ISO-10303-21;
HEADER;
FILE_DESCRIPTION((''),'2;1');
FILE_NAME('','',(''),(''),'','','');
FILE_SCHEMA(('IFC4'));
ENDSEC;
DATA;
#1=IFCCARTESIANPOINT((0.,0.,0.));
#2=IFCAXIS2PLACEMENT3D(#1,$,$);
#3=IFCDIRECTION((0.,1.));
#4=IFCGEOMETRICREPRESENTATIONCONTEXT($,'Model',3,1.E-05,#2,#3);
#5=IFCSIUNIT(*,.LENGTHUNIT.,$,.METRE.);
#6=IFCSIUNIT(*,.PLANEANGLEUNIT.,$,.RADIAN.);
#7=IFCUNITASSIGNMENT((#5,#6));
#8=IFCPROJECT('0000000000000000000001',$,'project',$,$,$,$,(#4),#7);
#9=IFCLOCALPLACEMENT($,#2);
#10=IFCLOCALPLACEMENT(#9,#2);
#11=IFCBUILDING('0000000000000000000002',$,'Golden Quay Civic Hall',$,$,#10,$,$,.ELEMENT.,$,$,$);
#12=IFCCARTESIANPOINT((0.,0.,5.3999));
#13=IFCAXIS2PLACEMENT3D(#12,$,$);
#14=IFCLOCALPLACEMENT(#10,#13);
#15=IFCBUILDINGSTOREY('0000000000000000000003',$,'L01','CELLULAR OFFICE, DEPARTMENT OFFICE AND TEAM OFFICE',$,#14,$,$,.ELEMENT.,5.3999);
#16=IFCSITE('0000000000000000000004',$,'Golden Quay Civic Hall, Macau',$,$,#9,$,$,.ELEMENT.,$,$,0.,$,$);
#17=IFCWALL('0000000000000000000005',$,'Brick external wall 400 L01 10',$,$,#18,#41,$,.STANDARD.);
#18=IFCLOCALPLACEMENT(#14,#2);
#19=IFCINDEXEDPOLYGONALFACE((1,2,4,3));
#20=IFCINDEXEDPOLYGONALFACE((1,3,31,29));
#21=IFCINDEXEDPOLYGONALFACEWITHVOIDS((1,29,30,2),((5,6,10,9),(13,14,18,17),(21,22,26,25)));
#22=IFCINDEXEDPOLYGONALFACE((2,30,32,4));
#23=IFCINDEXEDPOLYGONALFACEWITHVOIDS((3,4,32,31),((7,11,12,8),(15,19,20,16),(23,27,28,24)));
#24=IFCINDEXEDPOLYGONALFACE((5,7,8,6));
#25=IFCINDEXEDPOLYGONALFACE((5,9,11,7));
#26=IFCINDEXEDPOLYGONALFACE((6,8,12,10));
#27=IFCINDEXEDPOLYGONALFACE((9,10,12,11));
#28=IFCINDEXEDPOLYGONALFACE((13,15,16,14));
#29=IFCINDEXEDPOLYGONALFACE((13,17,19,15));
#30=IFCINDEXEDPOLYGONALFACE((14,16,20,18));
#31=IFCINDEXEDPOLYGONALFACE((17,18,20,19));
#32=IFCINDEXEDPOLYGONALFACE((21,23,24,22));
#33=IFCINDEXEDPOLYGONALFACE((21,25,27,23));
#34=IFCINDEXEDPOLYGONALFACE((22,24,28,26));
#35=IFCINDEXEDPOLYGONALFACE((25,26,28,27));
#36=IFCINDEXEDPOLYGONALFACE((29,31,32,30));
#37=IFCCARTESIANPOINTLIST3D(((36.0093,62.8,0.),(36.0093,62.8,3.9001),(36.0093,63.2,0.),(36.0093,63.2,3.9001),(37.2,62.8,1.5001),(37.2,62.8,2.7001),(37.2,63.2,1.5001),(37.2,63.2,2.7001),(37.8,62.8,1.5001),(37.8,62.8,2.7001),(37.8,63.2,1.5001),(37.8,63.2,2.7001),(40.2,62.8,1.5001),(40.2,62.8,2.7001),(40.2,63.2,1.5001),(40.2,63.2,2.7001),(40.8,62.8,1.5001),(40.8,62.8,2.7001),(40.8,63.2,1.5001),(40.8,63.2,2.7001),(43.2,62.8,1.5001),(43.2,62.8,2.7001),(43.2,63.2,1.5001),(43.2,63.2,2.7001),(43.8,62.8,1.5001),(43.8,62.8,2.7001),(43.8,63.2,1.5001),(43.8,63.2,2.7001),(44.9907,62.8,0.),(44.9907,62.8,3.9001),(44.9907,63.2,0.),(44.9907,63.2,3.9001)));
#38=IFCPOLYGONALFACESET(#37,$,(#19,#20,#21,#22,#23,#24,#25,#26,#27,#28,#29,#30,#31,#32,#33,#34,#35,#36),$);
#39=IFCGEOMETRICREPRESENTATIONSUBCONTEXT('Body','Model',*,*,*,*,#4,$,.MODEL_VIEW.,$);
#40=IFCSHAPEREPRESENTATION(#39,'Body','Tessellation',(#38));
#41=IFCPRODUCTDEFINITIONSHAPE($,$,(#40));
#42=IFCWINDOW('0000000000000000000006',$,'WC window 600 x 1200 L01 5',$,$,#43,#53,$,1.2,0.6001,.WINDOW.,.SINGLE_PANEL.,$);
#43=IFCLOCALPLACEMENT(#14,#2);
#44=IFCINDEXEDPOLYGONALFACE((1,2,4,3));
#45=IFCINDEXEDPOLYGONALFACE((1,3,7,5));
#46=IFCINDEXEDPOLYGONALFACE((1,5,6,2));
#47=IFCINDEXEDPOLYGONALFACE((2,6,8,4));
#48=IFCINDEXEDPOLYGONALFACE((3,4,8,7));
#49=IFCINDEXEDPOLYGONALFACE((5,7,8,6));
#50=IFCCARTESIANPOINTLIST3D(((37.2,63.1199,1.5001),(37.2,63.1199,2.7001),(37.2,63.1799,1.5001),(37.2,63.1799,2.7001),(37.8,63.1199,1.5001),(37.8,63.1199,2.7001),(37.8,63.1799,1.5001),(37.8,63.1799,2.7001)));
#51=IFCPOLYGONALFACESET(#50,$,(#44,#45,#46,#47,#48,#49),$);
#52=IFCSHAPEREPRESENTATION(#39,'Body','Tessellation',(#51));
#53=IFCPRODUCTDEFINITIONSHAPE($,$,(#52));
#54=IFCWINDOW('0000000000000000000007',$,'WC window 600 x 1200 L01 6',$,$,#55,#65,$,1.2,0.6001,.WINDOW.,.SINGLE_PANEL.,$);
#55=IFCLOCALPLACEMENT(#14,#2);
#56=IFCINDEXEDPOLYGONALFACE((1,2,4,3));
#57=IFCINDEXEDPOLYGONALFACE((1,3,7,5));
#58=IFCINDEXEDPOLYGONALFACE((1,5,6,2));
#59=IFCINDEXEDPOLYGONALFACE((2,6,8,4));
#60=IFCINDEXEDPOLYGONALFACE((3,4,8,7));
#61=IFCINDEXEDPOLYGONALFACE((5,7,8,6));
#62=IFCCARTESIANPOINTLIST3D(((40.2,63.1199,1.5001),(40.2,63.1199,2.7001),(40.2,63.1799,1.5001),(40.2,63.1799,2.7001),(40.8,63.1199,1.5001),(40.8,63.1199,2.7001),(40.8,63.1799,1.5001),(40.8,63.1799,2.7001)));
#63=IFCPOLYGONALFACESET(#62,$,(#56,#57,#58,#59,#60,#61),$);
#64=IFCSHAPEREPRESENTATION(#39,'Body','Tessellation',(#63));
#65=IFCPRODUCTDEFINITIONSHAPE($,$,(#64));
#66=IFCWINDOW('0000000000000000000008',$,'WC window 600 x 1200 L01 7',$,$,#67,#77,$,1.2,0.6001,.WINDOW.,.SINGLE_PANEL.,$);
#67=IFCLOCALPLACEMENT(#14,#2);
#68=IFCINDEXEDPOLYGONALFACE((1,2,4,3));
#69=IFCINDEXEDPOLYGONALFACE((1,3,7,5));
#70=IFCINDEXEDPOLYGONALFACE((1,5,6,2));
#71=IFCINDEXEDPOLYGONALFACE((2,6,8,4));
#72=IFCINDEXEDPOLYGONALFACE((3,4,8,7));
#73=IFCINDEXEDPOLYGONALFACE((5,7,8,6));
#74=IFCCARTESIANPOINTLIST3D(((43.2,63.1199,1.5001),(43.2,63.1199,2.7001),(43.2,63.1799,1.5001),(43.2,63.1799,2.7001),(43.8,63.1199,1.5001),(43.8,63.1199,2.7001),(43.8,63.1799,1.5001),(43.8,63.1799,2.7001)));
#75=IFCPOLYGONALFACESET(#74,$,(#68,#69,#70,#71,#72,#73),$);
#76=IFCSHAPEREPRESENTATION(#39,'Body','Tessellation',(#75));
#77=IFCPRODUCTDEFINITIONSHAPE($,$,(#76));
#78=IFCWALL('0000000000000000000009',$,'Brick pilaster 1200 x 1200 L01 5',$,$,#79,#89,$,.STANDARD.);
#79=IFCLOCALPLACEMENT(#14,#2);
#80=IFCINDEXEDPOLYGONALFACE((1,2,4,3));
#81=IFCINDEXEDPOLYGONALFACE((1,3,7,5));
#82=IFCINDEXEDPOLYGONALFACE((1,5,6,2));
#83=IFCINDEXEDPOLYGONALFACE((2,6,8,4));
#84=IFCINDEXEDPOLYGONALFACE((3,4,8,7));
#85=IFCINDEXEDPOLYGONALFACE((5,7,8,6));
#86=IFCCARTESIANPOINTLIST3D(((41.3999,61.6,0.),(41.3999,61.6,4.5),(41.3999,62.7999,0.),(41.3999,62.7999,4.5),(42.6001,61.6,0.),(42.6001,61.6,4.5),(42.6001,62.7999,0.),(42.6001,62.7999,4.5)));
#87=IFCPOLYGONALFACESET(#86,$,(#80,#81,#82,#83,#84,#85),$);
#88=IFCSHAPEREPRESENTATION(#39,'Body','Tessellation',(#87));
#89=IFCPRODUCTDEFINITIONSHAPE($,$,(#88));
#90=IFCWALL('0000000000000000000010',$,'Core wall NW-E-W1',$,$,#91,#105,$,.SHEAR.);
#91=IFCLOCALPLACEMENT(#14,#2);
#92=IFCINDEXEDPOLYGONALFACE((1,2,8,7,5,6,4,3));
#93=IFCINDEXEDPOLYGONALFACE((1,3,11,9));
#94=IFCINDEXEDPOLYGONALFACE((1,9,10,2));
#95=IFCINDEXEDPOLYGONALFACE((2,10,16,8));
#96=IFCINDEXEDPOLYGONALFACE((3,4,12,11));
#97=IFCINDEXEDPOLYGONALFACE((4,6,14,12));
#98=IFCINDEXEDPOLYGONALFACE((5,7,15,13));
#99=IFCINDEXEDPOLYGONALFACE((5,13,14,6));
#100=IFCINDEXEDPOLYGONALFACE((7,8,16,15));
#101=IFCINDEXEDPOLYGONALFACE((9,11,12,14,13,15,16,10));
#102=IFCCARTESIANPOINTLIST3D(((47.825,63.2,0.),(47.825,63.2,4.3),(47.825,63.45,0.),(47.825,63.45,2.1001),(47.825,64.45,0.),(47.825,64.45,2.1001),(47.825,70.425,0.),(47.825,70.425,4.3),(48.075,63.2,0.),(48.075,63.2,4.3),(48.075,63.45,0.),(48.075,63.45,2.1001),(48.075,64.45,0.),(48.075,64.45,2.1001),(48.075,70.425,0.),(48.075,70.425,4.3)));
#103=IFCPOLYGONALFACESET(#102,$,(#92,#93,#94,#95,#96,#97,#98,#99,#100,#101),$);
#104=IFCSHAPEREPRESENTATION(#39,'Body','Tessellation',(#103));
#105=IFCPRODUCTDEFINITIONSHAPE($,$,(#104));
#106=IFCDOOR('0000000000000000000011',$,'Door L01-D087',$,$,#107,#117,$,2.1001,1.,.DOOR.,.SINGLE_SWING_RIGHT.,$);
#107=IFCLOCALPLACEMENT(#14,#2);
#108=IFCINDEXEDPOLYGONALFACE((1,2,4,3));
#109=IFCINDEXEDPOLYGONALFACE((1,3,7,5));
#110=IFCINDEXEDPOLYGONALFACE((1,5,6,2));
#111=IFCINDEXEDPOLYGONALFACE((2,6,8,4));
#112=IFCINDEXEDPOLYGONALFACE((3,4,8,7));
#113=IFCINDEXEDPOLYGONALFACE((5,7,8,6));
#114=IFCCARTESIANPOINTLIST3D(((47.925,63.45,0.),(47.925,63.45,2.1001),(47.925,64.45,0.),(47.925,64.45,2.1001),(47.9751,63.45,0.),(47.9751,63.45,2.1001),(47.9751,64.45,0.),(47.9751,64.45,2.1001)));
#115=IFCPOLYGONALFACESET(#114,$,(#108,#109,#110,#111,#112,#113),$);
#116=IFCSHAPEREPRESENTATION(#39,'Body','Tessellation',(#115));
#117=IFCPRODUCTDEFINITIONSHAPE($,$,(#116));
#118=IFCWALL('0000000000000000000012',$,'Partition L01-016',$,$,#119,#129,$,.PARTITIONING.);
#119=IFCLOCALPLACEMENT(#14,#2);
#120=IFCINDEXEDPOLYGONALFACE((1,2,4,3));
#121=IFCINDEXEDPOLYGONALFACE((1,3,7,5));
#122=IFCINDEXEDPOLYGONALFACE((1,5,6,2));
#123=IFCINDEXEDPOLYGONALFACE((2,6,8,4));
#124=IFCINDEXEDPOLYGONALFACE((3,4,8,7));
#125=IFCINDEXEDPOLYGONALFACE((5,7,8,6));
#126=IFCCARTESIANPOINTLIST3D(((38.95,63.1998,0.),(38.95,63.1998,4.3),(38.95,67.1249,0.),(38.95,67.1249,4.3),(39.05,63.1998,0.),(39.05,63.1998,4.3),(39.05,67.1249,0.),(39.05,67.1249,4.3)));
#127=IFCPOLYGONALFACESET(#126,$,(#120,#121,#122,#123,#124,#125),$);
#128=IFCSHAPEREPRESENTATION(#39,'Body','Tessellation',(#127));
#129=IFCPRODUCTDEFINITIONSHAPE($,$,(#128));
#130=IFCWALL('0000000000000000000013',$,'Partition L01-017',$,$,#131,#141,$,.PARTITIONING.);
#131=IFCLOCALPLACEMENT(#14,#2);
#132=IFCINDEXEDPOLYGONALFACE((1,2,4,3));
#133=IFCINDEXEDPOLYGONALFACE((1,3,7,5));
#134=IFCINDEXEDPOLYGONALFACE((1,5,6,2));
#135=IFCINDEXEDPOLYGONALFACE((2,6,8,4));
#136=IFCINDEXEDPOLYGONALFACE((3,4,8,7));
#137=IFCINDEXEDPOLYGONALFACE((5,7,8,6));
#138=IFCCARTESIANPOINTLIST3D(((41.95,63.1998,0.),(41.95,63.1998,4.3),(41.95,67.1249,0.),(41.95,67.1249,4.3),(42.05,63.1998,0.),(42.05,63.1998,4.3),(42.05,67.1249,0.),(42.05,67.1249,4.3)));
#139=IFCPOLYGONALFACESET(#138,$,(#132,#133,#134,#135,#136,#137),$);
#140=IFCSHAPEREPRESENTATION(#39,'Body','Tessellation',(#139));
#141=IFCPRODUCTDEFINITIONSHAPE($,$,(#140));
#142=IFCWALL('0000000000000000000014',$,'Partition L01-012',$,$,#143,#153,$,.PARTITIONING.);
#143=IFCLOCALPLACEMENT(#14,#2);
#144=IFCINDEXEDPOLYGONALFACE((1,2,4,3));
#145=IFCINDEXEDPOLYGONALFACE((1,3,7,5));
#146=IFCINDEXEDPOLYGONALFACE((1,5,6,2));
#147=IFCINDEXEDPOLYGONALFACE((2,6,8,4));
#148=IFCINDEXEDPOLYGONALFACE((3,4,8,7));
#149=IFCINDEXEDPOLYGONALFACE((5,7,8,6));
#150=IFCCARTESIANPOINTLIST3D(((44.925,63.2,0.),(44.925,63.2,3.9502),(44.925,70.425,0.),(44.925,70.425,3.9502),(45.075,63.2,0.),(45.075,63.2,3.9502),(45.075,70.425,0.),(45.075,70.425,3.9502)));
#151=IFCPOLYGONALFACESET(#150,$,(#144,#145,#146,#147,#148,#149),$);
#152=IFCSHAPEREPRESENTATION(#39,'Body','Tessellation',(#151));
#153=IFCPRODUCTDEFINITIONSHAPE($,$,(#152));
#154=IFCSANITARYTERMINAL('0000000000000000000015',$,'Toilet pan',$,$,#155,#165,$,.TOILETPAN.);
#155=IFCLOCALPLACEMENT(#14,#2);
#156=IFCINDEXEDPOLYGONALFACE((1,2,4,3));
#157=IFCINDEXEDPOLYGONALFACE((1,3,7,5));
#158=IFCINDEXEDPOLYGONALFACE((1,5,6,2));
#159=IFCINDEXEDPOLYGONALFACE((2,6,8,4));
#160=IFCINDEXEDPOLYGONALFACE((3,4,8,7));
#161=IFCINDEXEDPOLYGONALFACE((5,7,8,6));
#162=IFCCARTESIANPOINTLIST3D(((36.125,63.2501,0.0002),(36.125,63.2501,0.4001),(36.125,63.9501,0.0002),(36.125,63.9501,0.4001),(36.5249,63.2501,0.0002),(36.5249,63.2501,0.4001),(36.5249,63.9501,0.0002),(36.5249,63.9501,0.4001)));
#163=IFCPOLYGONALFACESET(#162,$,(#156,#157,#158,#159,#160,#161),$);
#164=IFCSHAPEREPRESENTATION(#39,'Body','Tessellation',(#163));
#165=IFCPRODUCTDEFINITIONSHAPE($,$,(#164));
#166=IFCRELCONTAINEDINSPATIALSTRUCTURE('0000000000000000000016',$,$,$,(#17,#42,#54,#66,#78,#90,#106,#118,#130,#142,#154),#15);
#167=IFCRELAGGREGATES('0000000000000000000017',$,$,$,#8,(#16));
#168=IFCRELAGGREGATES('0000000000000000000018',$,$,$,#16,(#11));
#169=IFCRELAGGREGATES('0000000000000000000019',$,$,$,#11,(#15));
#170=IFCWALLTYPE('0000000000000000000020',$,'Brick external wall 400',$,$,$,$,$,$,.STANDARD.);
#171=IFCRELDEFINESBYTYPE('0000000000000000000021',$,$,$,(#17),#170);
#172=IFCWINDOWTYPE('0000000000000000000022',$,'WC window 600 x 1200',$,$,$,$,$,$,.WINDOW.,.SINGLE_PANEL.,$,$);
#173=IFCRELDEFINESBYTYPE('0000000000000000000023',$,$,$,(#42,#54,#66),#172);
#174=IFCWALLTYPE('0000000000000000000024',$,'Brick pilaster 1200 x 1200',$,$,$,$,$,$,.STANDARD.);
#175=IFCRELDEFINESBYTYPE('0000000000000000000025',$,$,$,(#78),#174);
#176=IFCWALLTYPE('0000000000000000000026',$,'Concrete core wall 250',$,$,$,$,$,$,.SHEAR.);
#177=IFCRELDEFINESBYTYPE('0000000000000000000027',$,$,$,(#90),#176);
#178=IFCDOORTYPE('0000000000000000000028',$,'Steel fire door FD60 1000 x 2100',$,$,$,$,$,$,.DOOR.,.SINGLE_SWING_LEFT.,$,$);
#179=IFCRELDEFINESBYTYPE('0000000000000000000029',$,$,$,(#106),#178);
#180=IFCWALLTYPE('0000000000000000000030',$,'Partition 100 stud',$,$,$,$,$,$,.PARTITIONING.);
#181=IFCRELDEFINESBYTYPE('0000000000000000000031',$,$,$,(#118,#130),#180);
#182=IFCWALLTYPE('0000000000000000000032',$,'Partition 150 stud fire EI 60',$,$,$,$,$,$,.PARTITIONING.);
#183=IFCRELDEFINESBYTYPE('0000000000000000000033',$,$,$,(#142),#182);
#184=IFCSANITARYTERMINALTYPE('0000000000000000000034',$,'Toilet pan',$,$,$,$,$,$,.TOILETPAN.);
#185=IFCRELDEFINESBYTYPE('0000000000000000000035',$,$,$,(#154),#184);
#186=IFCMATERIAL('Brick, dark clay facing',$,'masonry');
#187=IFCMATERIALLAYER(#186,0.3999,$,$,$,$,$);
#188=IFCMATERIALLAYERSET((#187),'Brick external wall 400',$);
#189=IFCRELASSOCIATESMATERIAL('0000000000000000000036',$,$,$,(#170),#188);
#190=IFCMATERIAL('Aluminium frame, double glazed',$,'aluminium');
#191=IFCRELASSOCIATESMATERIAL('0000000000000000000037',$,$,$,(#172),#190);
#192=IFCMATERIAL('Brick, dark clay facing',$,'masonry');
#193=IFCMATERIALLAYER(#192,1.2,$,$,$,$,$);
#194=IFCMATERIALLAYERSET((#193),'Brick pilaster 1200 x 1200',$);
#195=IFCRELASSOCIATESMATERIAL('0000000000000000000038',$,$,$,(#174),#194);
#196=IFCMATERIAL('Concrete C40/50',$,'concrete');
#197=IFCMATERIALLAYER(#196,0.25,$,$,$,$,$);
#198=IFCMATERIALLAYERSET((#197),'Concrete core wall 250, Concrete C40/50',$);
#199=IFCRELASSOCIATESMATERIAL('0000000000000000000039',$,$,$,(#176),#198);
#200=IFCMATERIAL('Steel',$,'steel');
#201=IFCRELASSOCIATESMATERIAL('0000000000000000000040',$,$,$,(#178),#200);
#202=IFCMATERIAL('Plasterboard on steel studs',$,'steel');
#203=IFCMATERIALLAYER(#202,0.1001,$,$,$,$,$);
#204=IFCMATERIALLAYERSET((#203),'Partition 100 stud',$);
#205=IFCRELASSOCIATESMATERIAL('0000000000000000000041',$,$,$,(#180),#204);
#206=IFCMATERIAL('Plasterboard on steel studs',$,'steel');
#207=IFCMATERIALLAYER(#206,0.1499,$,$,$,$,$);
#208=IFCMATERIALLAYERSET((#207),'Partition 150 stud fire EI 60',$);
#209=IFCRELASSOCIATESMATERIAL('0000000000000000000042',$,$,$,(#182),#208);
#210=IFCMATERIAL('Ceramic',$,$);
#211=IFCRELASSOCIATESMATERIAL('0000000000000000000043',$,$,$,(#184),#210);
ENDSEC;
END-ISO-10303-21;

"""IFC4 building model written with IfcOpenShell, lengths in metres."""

from ifc_helpers import new_model, si_unit, direction, frame, frame_2d, origin, origin_2d, place, context, subcontext, project, spatial, rectangle, extrude, material, layer, layer_set, type_object, element, fill, save


model = new_model("IFC4")

# Units and contexts
model_context = context("Model", 3, precision=1e-05, world=origin(), true_north=direction((0.0, 1.0)))
body_context = subcontext(model_context, "Body", "Model", "MODEL_VIEW")
ifc_project = project(units=[si_unit("LENGTHUNIT", "METRE"), si_unit("PLANEANGLEUNIT", "RADIAN")], contexts=[model_context])

# Site, building, storey
site_placement = place(None, origin())
site = spatial("IfcSite", under=ifc_project, at=site_placement, Name="Golden Quay Civic Hall, Macau", CompositionType="ELEMENT", RefElevation=0.0)
building_placement = place(site_placement, origin())
building = spatial("IfcBuilding", under=site, at=building_placement, Name="Golden Quay Civic Hall", CompositionType="ELEMENT")
storey_placement = place(building_placement, frame((0.0, 0.0, 5.3999)))
storey = spatial("IfcBuildingStorey", under=building, at=storey_placement, Name="L01", Description="CELLULAR OFFICE, DEPARTMENT OFFICE AND TEAM OFFICE", CompositionType="ELEMENT", Elevation=5.3999)

# Wall, openings, windows
ifc_material_1 = material(Name="Brick, dark clay facing", Category="masonry")
ifc_layer_1 = layer(ifc_material_1, 0.3999)
ifc_layer_set_1 = layer_set([ifc_layer_1], Name="Brick external wall 400")
wall_type_1 = type_object("IfcWallType", Name="Brick external wall 400", PredefinedType="STANDARD", material=ifc_layer_set_1)
wall_1_placement = place(storey_placement, frame((44.9907, 63.0, 0.0), z_axis=(0.0, 0.0, 1.0), x_axis=(-1.0, 0.0, 0.0)))
wall_1 = element("IfcWall", 1, at=wall_1_placement, inside=storey, type_object=wall_type_1, Name="Brick external wall 400 L01 10", PredefinedType="STANDARD", context=body_context, shape_type="SweptSolid", body=[
    extrude(rectangle(XDim=8.9814, YDim=0.3999, at=frame_2d((4.4907, 0.0))), origin(), (0.0, 0.0, 1.0), 3.9001),
])
opening_1_placement = place(wall_1_placement, frame((7.1907, 0.0, 1.5)))
opening_1 = element("IfcOpeningElement", 2, at=opening_1_placement, cuts=wall_1, PredefinedType="OPENING", context=body_context, shape_type="SweptSolid", body=[
    extrude(rectangle(XDim=0.6001, YDim=1.2, at=frame_2d((0.3, 0.6001))), frame((0.0, 0.21, 0.0), z_axis=(0.0, -1.0, 0.0), x_axis=(1.0, 0.0, 0.0)), (0.0, 0.0, 1.0), 0.4199),
])
opening_2_placement = place(wall_1_placement, frame((4.1907, 0.0, 1.5)))
opening_2 = element("IfcOpeningElement", 3, at=opening_2_placement, cuts=wall_1, PredefinedType="OPENING", context=body_context, shape_type="SweptSolid", body=[
    extrude(rectangle(XDim=0.6001, YDim=1.2, at=frame_2d((0.3, 0.6001))), frame((0.0, 0.21, 0.0), z_axis=(0.0, -1.0, 0.0), x_axis=(1.0, 0.0, 0.0)), (0.0, 0.0, 1.0), 0.4199),
])
opening_3_placement = place(wall_1_placement, frame((1.1907, 0.0, 1.5)))
opening_3 = element("IfcOpeningElement", 4, at=opening_3_placement, cuts=wall_1, PredefinedType="OPENING", context=body_context, shape_type="SweptSolid", body=[
    extrude(rectangle(XDim=0.6001, YDim=1.2, at=frame_2d((0.3, 0.6001))), frame((0.0, 0.21, 0.0), z_axis=(0.0, -1.0, 0.0), x_axis=(1.0, 0.0, 0.0)), (0.0, 0.0, 1.0), 0.4199),
])
ifc_material_2 = material(Name="Aluminium frame, double glazed", Category="aluminium")
window_type = type_object("IfcWindowType", Name="WC window 600 x 1200", PartitioningType="SINGLE_PANEL", PredefinedType="WINDOW", material=ifc_material_2)
window_1_placement = place(opening_1_placement, origin())
window_1 = element("IfcWindow", 5, at=window_1_placement, inside=storey, type_object=window_type, Name="WC window 600 x 1200 L01 5", OverallHeight=1.2, OverallWidth=0.6001, PartitioningType="SINGLE_PANEL", PredefinedType="WINDOW", context=body_context, shape_type="SweptSolid", body=[
    extrude(rectangle(XDim=0.6001, YDim=1.2, at=frame_2d((0.3, 0.6001))), frame((0.0, -0.1199, 0.0), z_axis=(0.0, -1.0, 0.0), x_axis=(1.0, 0.0, 0.0)), (0.0, 0.0, 1.0), 0.0601),
])
fill(opening_1, window_1)
window_2_placement = place(opening_2_placement, origin())
window_2 = element("IfcWindow", 6, at=window_2_placement, inside=storey, type_object=window_type, Name="WC window 600 x 1200 L01 6", OverallHeight=1.2, OverallWidth=0.6001, PartitioningType="SINGLE_PANEL", PredefinedType="WINDOW", context=body_context, shape_type="SweptSolid", body=[
    extrude(rectangle(XDim=0.6001, YDim=1.2, at=frame_2d((0.3, 0.6001))), frame((0.0, -0.1199, 0.0), z_axis=(0.0, -1.0, 0.0), x_axis=(1.0, 0.0, 0.0)), (0.0, 0.0, 1.0), 0.0601),
])
fill(opening_2, window_2)
window_3_placement = place(opening_3_placement, origin())
window_3 = element("IfcWindow", 7, at=window_3_placement, inside=storey, type_object=window_type, Name="WC window 600 x 1200 L01 7", OverallHeight=1.2, OverallWidth=0.6001, PartitioningType="SINGLE_PANEL", PredefinedType="WINDOW", context=body_context, shape_type="SweptSolid", body=[
    extrude(rectangle(XDim=0.6001, YDim=1.2, at=frame_2d((0.3, 0.6001))), frame((0.0, -0.1199, 0.0), z_axis=(0.0, -1.0, 0.0), x_axis=(1.0, 0.0, 0.0)), (0.0, 0.0, 1.0), 0.0601),
])
fill(opening_3, window_3)

# Wall
ifc_material_3 = material(Name="Brick, dark clay facing", Category="masonry")
ifc_layer_2 = layer(ifc_material_3, 1.2)
ifc_layer_set_2 = layer_set([ifc_layer_2], Name="Brick pilaster 1200 x 1200")
wall_type_2 = type_object("IfcWallType", Name="Brick pilaster 1200 x 1200", PredefinedType="STANDARD", material=ifc_layer_set_2)
wall_2_placement = place(storey_placement, frame((41.3999, 62.2, 0.0), z_axis=(0.0, 0.0, 1.0), x_axis=(1.0, 0.0, 0.0)))
element("IfcWall", 8, at=wall_2_placement, inside=storey, type_object=wall_type_2, Name="Brick pilaster 1200 x 1200 L01 5", PredefinedType="STANDARD", context=body_context, shape_type="SweptSolid", body=[
    extrude(rectangle(XDim=1.2002, YDim=1.2, at=frame_2d((0.6001, 0.0))), origin(), (0.0, 0.0, 1.0), 4.5),
])

# Wall, opening, door
ifc_material_4 = material(Name="Concrete C40/50", Category="concrete")
ifc_layer_3 = layer(ifc_material_4, 0.25)
ifc_layer_set_3 = layer_set([ifc_layer_3], Name="Concrete core wall 250, Concrete C40/50")
wall_type_3 = type_object("IfcWallType", Name="Concrete core wall 250", PredefinedType="SHEAR", material=ifc_layer_set_3)
wall_3_placement = place(storey_placement, frame((47.95, 63.2, 0.0), z_axis=(0.0, 0.0, 1.0), x_axis=(0.0, 1.0, 0.0)))
wall_3 = element("IfcWall", 9, at=wall_3_placement, inside=storey, type_object=wall_type_3, Name="Core wall NW-E-W1", PredefinedType="SHEAR", context=body_context, shape_type="SweptSolid", body=[
    extrude(rectangle(XDim=7.2251, YDim=0.25, at=frame_2d((3.6125, 0.0))), origin(), (0.0, 0.0, 1.0), 4.3),
])
opening_4_placement = place(wall_3_placement, frame((0.25, 0.0, 0.0)))
opening_4 = element("IfcOpeningElement", 10, at=opening_4_placement, cuts=wall_3, PredefinedType="OPENING", context=body_context, shape_type="SweptSolid", body=[
    extrude(rectangle(XDim=1.0, YDim=2.1001, at=frame_2d((0.5, 1.05))), frame((0.0, 0.135, 0.0), z_axis=(0.0, -1.0, 0.0), x_axis=(1.0, 0.0, 0.0)), (0.0, 0.0, 1.0), 0.27),
])
ifc_material_5 = material(Name="Steel", Category="steel")
door_type = type_object("IfcDoorType", Name="Steel fire door FD60 1000 x 2100", OperationType="SINGLE_SWING_LEFT", PredefinedType="DOOR", material=ifc_material_5)
door_placement = place(opening_4_placement, frame((1.0, 0.0, 0.0), z_axis=(0.0, 0.0, 1.0), x_axis=(-1.0, 0.0, 0.0)))
door = element("IfcDoor", 11, at=door_placement, inside=storey, type_object=door_type, Name="Door L01-D087", OperationType="SINGLE_SWING_RIGHT", OverallHeight=2.1001, OverallWidth=1.0, PredefinedType="DOOR", context=body_context, shape_type="SweptSolid", body=[
    extrude(rectangle(XDim=1.0, YDim=2.1001, at=frame_2d((0.5, 1.05))), frame((0.0, 0.0251, 0.0), z_axis=(0.0, -1.0, 0.0), x_axis=(1.0, 0.0, 0.0)), (0.0, 0.0, 1.0), 0.05),
])
fill(opening_4, door)

# Walls
ifc_material_6 = material(Name="Plasterboard on steel studs", Category="steel")
ifc_layer_4 = layer(ifc_material_6, 0.1001)
ifc_layer_set_4 = layer_set([ifc_layer_4], Name="Partition 100 stud")
wall_type_4 = type_object("IfcWallType", Name="Partition 100 stud", PredefinedType="PARTITIONING", material=ifc_layer_set_4)
for number, where, z_axis, x_axis, name in (
    (12, (39.0, 63.2, 0.0), (0.0, 0.0, 1.0), (0.0, 1.0, 0.0), "Partition L01-016"),
    (13, (42.0, 63.2, 0.0), (0.0, 0.0, 1.0), (0.0, 1.0, 0.0), "Partition L01-017"),
):
    element("IfcWall", number, at=place(storey_placement, frame(where, z_axis=z_axis, x_axis=x_axis)), inside=storey, type_object=wall_type_4, Name=name, PredefinedType="PARTITIONING", context=body_context, shape_type="SweptSolid", body=[
        extrude(rectangle(XDim=3.925, YDim=0.1001, at=frame_2d((1.9624, 0.0))), origin(), (0.0, 0.0, 1.0), 4.3),
    ])
ifc_material_7 = material(Name="Plasterboard on steel studs", Category="steel")
ifc_layer_5 = layer(ifc_material_7, 0.1499)
ifc_layer_set_5 = layer_set([ifc_layer_5], Name="Partition 150 stud fire EI 60")
wall_type_5 = type_object("IfcWallType", Name="Partition 150 stud fire EI 60", PredefinedType="PARTITIONING", material=ifc_layer_set_5)
wall_4_placement = place(storey_placement, frame((45.0, 63.2, 0.0), z_axis=(0.0, 0.0, 1.0), x_axis=(0.0, 1.0, 0.0)))
element("IfcWall", 14, at=wall_4_placement, inside=storey, type_object=wall_type_5, Name="Partition L01-012", PredefinedType="PARTITIONING", context=body_context, shape_type="SweptSolid", body=[
    extrude(rectangle(XDim=7.2251, YDim=0.1499, at=frame_2d((3.6125, 0.0))), origin(), (0.0, 0.0, 1.0), 3.9502),
])

# Sanitary terminal
ifc_material_8 = material(Name="Ceramic")
sanitary_terminal_type_1 = type_object("IfcSanitaryTerminalType", Name="Toilet pan", PredefinedType="TOILETPAN", material=ifc_material_8)
for number, where, z_axis, x_axis, name in (
    (15, (36.325, 63.6001, 0.0002), (0.0, 0.0, 1.0), (1.0, 0.0, 0.0), "Toilet pan"),
):
    element("IfcSanitaryTerminal", number, at=place(storey_placement, frame(where, z_axis=z_axis, x_axis=x_axis)), inside=storey, type_object=sanitary_terminal_type_1, Name=name, PredefinedType="TOILETPAN", context=body_context, shape_type="SweptSolid", body=[
        extrude(rectangle(XDim=0.3999, YDim=0.7, at=origin_2d()), origin(), (0.0, 0.0, 1.0), 0.3999),
    ])

save(model, "model.ifc")
